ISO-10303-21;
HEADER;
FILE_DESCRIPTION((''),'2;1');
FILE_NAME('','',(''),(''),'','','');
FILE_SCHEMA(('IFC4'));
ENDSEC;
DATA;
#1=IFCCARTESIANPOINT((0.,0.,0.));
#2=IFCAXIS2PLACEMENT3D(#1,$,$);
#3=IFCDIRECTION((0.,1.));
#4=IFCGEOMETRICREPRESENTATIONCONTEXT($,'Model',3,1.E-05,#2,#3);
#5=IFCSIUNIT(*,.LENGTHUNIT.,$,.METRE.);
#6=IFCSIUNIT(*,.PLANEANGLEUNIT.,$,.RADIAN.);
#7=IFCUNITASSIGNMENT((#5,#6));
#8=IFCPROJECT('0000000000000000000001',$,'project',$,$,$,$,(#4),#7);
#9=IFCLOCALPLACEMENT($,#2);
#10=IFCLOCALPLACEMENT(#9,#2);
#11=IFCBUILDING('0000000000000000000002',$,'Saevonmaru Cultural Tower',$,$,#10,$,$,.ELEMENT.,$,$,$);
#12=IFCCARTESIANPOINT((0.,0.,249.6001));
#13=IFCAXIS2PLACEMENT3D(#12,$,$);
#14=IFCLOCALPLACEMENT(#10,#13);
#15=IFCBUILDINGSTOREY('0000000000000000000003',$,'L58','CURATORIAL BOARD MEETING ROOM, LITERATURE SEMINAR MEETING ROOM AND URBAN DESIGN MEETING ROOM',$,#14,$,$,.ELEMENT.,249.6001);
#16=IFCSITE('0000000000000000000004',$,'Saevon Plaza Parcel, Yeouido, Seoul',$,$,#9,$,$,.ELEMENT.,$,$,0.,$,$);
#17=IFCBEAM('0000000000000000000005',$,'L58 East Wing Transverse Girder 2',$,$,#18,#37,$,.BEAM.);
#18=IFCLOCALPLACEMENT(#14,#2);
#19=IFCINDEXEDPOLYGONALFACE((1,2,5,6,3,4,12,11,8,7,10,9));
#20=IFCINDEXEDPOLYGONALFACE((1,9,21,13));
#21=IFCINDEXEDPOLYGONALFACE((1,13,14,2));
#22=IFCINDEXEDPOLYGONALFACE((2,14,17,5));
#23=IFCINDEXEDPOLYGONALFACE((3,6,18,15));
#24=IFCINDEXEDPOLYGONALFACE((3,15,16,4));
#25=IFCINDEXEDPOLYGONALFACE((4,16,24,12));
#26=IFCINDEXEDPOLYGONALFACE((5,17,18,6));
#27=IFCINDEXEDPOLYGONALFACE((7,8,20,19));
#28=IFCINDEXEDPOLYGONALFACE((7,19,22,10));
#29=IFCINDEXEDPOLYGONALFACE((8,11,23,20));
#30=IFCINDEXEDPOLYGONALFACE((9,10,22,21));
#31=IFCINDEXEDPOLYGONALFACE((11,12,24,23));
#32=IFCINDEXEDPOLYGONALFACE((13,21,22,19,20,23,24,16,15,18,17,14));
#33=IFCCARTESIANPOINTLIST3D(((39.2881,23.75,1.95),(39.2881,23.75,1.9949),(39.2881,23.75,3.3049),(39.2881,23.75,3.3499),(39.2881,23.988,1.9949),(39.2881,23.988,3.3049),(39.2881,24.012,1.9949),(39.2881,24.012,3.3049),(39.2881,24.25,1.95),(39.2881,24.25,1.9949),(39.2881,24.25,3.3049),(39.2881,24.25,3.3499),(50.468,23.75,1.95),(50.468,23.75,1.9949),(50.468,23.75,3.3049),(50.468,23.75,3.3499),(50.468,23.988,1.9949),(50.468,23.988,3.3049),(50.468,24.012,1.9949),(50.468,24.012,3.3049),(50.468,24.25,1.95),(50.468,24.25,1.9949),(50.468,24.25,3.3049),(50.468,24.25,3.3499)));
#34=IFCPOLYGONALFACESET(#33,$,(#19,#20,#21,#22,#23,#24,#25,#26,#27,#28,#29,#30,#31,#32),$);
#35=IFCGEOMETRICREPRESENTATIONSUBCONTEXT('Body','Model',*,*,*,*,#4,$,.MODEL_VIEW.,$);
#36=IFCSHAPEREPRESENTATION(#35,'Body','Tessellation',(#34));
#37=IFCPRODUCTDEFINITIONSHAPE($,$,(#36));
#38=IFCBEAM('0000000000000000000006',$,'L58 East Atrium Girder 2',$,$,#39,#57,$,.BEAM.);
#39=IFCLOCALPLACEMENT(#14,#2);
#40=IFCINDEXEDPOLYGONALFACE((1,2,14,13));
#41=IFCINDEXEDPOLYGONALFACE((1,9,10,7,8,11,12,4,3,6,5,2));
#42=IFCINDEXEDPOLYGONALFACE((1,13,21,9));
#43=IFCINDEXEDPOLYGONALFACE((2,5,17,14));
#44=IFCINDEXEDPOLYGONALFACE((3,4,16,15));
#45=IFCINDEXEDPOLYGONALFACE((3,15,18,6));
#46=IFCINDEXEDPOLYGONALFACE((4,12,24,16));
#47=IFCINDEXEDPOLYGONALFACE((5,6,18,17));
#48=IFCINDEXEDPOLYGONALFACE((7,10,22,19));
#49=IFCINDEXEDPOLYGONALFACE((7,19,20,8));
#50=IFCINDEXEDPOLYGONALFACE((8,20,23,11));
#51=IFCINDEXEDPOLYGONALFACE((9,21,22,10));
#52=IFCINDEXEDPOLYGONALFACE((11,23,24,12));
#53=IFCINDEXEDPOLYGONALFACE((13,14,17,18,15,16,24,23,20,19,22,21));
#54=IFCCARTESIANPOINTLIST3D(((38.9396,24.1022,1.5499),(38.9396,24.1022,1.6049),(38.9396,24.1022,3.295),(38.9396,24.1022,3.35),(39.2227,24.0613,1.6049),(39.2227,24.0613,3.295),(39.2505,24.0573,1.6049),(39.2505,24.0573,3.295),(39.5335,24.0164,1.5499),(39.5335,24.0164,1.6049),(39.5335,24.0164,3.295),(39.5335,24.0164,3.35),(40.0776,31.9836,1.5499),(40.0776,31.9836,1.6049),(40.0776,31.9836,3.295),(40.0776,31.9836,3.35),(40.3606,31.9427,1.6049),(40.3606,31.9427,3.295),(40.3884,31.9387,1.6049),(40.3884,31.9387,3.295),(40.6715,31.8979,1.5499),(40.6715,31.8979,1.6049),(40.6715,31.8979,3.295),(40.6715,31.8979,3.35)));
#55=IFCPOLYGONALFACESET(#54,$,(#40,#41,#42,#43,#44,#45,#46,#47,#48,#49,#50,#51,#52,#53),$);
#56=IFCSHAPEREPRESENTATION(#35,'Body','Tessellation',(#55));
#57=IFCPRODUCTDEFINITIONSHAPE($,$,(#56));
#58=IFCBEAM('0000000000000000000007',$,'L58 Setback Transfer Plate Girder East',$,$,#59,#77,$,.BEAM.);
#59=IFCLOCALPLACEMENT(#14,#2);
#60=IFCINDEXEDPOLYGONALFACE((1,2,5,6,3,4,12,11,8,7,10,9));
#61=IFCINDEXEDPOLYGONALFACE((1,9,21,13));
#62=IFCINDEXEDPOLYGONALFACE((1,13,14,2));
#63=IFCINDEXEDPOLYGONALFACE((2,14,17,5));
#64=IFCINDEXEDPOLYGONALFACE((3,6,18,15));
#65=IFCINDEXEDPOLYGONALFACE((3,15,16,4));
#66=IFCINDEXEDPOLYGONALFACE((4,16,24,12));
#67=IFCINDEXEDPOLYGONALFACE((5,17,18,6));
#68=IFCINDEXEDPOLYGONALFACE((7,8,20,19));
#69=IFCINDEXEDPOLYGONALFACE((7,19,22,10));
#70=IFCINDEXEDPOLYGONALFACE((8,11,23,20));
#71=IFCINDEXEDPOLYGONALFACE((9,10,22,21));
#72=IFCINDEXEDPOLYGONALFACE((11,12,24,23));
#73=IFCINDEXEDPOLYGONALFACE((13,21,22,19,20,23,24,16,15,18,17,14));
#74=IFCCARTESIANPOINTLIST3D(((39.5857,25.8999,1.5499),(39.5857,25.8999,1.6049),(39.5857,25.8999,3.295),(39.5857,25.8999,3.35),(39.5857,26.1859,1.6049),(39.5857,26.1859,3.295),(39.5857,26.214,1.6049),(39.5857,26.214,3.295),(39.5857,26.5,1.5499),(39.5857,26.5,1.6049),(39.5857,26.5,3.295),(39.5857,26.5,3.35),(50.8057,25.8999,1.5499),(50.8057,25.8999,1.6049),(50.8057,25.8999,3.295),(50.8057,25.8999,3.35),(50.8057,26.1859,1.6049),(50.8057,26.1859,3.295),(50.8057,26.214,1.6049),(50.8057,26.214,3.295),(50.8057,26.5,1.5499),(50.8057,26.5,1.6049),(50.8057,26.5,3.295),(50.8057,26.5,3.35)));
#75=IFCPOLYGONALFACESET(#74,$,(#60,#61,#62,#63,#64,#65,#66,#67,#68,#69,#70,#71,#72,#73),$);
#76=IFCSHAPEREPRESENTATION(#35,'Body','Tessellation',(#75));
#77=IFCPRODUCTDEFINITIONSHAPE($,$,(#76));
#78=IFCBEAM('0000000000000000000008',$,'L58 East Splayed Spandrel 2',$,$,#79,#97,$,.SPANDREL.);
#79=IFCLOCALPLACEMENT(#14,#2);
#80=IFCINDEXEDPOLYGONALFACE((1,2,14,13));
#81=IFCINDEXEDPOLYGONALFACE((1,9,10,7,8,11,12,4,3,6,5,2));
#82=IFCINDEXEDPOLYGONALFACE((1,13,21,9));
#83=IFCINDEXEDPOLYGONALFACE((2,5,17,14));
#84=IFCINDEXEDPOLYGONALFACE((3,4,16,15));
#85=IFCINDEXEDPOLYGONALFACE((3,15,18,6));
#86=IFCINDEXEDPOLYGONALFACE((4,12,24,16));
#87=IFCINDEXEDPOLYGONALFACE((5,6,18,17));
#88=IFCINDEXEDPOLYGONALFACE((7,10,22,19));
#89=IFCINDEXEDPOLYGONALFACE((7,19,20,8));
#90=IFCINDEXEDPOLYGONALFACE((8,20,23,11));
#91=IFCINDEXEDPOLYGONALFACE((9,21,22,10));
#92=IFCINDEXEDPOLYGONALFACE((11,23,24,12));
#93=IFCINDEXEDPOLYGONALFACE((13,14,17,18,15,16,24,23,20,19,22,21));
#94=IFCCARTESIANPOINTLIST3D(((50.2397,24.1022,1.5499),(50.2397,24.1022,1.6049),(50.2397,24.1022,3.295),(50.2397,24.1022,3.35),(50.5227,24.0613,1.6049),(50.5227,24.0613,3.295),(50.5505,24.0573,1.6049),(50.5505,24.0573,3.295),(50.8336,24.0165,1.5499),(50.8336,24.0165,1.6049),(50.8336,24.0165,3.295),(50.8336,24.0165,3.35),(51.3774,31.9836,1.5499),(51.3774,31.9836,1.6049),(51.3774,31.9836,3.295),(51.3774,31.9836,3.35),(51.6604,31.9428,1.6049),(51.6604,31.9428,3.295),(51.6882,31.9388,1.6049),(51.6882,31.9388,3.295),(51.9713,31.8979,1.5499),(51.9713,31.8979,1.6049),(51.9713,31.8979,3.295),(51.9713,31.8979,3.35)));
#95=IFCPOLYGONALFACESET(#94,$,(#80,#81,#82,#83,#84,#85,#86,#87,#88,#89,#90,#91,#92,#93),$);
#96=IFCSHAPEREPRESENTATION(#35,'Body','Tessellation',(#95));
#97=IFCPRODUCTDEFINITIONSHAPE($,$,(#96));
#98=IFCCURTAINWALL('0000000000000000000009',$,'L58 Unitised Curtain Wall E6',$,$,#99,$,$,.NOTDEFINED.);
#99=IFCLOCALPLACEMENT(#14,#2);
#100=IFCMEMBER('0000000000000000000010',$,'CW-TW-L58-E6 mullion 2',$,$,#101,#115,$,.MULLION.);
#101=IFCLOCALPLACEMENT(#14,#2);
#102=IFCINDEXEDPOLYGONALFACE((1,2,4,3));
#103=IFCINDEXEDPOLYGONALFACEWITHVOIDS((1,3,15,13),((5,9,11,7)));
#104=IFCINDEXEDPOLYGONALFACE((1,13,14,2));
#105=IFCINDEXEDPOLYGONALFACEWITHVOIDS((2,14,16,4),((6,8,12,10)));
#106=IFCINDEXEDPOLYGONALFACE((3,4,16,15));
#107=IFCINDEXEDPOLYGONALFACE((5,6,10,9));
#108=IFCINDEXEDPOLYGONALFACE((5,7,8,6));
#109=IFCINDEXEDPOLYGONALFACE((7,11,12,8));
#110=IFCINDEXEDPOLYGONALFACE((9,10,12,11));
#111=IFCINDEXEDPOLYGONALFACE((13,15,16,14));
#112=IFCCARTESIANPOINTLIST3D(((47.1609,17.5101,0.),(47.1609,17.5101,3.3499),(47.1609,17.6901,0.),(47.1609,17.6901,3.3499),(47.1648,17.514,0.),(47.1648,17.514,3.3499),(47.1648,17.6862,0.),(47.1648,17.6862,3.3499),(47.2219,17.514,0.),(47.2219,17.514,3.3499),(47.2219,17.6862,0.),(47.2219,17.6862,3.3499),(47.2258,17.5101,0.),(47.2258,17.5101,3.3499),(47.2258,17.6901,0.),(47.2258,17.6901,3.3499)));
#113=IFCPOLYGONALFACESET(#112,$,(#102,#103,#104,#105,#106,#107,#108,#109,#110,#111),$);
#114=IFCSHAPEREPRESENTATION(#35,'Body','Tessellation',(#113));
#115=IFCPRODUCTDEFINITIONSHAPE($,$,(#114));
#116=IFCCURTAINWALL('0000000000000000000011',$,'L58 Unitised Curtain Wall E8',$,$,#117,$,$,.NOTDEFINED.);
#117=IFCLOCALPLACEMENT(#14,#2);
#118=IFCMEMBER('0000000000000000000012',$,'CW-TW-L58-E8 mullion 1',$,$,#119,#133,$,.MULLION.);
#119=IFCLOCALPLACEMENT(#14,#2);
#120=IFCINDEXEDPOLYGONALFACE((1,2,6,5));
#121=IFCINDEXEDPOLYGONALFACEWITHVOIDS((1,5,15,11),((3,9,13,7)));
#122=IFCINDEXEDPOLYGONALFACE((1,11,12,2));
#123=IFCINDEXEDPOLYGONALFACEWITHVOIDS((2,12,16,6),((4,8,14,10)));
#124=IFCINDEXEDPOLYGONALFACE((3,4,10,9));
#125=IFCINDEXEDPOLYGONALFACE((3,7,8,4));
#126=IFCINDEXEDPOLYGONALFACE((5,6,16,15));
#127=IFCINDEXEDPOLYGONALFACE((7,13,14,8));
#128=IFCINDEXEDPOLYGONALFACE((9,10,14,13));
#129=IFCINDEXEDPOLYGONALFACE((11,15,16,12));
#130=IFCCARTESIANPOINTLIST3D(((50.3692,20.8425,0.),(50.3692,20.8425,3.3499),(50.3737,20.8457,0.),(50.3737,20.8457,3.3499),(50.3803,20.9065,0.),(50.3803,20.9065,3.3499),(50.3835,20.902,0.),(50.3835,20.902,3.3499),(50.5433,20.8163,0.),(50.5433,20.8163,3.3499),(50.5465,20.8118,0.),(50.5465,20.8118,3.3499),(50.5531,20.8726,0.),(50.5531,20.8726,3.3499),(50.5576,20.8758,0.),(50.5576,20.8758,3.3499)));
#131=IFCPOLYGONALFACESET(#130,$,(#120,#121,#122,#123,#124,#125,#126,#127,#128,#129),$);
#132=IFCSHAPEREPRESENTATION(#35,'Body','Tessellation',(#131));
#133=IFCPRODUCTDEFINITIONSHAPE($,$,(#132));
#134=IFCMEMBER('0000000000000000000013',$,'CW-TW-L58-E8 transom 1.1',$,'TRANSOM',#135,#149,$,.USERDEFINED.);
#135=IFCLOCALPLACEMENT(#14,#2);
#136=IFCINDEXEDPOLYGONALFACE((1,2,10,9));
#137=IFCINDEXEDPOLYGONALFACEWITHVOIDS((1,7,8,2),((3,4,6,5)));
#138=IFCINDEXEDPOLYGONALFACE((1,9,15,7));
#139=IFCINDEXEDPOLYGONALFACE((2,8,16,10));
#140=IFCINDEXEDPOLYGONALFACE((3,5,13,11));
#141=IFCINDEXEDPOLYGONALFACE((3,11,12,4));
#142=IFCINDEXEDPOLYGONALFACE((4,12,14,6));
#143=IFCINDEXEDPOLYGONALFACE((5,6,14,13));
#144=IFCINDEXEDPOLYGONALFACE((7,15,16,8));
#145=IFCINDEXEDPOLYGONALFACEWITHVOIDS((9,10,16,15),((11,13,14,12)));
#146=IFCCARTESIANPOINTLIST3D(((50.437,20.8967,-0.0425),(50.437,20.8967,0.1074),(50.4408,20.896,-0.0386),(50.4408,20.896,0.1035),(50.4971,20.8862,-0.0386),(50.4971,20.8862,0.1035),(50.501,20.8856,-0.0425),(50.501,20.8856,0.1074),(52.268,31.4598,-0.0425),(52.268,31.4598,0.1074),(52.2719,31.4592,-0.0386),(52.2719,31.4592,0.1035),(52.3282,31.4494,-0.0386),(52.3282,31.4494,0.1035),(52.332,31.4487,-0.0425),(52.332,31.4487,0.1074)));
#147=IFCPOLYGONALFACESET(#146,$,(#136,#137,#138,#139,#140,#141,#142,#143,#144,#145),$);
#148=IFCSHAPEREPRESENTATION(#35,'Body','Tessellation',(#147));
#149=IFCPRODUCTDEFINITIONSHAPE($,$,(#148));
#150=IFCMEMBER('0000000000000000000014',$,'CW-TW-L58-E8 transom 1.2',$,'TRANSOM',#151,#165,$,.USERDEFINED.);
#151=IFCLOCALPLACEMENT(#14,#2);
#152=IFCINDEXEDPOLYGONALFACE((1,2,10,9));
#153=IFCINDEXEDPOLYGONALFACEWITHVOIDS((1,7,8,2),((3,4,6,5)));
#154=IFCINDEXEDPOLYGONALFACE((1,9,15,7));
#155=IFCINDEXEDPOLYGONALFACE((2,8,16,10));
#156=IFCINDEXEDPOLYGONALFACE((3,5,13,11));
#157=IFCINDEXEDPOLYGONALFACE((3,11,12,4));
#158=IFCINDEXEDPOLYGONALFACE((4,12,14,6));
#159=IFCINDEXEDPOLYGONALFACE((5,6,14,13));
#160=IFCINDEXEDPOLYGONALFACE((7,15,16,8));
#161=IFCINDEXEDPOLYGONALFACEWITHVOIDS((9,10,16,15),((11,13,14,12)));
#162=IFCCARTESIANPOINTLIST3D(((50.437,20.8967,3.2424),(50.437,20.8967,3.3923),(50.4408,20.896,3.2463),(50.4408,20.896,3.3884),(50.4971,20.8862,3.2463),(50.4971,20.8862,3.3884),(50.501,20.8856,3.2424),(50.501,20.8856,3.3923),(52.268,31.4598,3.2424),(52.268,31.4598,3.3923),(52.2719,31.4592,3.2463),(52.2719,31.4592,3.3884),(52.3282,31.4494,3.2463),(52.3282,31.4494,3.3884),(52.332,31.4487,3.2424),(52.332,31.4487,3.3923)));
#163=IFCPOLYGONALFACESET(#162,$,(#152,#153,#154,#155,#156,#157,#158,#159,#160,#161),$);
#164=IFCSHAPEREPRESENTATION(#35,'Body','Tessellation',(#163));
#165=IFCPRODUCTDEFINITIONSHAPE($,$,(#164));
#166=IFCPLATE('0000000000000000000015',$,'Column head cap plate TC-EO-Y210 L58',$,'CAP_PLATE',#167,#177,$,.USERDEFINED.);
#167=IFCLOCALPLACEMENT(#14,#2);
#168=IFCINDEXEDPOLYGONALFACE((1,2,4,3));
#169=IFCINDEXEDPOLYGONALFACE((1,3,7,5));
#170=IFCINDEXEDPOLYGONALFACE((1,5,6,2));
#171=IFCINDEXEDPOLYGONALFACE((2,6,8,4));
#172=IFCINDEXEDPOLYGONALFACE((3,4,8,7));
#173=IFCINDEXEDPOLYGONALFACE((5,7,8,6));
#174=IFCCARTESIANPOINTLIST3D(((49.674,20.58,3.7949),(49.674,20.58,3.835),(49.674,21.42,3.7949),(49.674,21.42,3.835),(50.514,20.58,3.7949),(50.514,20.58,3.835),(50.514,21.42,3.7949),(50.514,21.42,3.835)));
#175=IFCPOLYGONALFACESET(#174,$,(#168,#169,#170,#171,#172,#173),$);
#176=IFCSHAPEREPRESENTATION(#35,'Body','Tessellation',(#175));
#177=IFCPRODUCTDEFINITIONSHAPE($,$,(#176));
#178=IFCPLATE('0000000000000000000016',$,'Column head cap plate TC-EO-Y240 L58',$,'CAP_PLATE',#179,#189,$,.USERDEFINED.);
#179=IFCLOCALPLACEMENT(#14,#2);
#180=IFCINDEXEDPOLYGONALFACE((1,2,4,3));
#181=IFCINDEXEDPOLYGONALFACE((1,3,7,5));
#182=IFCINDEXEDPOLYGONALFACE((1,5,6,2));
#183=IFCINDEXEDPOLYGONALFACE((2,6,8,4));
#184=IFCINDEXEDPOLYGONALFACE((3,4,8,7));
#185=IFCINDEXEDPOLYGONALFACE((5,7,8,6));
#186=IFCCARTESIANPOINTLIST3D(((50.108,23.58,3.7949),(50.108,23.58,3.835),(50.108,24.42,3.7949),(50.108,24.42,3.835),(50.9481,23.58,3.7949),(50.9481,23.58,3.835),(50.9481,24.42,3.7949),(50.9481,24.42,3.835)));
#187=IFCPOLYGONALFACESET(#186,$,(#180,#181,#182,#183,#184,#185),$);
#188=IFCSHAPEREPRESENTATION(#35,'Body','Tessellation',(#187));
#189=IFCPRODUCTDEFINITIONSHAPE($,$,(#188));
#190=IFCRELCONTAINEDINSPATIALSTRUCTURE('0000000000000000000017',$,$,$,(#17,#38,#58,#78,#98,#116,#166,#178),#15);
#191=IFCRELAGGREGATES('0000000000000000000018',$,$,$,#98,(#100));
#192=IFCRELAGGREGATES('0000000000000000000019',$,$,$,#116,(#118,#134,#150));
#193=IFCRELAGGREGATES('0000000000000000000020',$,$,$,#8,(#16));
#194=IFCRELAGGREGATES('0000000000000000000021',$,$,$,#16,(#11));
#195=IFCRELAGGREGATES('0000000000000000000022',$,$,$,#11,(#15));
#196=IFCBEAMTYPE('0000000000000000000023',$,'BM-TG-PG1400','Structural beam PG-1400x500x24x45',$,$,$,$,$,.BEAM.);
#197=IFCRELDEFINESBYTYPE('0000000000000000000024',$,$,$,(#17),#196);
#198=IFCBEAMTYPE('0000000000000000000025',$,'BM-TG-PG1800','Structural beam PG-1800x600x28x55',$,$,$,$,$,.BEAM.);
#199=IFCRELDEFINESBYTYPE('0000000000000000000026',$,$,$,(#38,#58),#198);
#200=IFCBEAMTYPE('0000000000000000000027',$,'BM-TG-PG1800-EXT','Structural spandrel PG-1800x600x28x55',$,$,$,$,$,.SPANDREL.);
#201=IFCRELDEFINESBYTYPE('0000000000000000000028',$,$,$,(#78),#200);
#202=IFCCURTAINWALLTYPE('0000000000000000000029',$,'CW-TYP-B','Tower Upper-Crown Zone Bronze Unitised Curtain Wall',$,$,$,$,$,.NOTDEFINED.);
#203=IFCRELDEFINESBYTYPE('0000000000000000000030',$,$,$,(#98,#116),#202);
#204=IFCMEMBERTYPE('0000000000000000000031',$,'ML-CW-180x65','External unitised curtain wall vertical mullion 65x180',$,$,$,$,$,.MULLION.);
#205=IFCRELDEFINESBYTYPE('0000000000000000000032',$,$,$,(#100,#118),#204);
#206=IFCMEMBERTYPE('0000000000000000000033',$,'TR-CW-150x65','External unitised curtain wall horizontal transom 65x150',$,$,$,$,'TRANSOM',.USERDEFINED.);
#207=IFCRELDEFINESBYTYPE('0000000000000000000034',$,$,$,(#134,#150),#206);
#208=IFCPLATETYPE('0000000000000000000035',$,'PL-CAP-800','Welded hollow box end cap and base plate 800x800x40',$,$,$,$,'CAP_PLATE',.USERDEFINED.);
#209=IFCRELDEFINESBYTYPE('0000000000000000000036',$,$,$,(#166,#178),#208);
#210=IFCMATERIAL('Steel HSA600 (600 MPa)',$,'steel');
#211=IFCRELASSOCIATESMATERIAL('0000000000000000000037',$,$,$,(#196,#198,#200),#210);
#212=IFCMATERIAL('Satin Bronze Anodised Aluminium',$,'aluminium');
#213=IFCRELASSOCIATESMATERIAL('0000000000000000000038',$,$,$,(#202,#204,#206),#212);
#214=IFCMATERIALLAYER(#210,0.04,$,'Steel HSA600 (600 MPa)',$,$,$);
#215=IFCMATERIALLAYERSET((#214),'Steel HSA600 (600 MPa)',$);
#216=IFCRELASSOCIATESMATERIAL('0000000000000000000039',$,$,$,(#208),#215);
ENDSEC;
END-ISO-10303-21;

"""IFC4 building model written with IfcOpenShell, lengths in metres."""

from ifc_helpers import new_model, si_unit, direction, frame, origin, origin_2d, place, context, subcontext, project, spatial, rectangle, hollow_rectangle, i_section, extrude, material, layer, layer_set, material_profile, profile_set, type_object, element, aggregate, save


model = new_model("IFC4")

# Units and contexts
model_context = context("Model", 3, precision=1e-05, world=origin(), true_north=direction((0.0, 1.0)))
body_context = subcontext(model_context, "Body", "Model", "MODEL_VIEW")
ifc_project = project(units=[si_unit("LENGTHUNIT", "METRE"), si_unit("PLANEANGLEUNIT", "RADIAN")], contexts=[model_context])

# Site, building, storey
site_placement = place(None, origin())
site = spatial("IfcSite", under=ifc_project, at=site_placement, Name="Saevon Plaza Parcel, Yeouido, Seoul", CompositionType="ELEMENT", RefElevation=0.0)
building_placement = place(site_placement, origin())
building = spatial("IfcBuilding", under=site, at=building_placement, Name="Saevonmaru Cultural Tower", CompositionType="ELEMENT")
storey_placement = place(building_placement, frame((0.0, 0.0, 249.6001)))
storey = spatial("IfcBuildingStorey", under=building, at=storey_placement, Name="L58", Description="CURATORIAL BOARD MEETING ROOM, LITERATURE SEMINAR MEETING ROOM AND URBAN DESIGN MEETING ROOM", CompositionType="ELEMENT", Elevation=249.6001)

# Beams
ifc_material_1 = material(Name="Steel HSA600 (600 MPa)", Category="steel")
ifc_material_profile_1 = material_profile(ifc_material_1, i_section(OverallWidth=0.5, OverallDepth=1.3999, WebThickness=0.0239, FlangeThickness=0.0449, at=origin_2d()), Name="PG-1400x500x24x45")
ifc_profile_set_1 = profile_set([ifc_material_profile_1], Name="Steel HSA600 (600 MPa)")
beam_type_1 = type_object("IfcBeamType", Name="BM-TG-PG1400", Description="Structural beam PG-1400x500x24x45", PredefinedType="BEAM", material=ifc_profile_set_1)
beam_1_placement = place(storey_placement, frame((39.2881, 24.0, 2.6499), z_axis=(1.0, 0.0, 0.0), x_axis=(0.0, 1.0, 0.0)))
element("IfcBeam", 1, at=beam_1_placement, inside=storey, type_object=beam_type_1, Name="L58 East Wing Transverse Girder 2", PredefinedType="BEAM", context=body_context, shape_type="SweptSolid", body=[
    extrude(i_section(OverallWidth=0.5, OverallDepth=1.3999, WebThickness=0.0239, FlangeThickness=0.0449, at=origin_2d()), origin(), (0.0, 0.0, 1.0), 11.1799),
])
ifc_material_profile_2 = material_profile(ifc_material_1, i_section(OverallWidth=0.6001, OverallDepth=1.8, WebThickness=0.0281, FlangeThickness=0.0549, at=origin_2d()), Name="PG-1800x600x28x55")
ifc_profile_set_2 = profile_set([ifc_material_profile_2], Name="Steel HSA600 (600 MPa)")
beam_type_2 = type_object("IfcBeamType", Name="BM-TG-PG1800", Description="Structural beam PG-1800x600x28x55", PredefinedType="BEAM", material=ifc_profile_set_2)
beam_2_placement = place(storey_placement, frame((39.2366, 24.0593, 2.45), z_axis=(0.142902, 0.989737, 0.0), x_axis=(-0.989737, 0.142902, 0.0)))
element("IfcBeam", 2, at=beam_2_placement, inside=storey, type_object=beam_type_2, Name="L58 East Atrium Girder 2", PredefinedType="BEAM", context=body_context, shape_type="SweptSolid", body=[
    extrude(i_section(OverallWidth=0.6001, OverallDepth=1.8, WebThickness=0.0281, FlangeThickness=0.0549, at=origin_2d()), origin(), (0.0, 0.0, 1.0), 7.9631),
])
beam_3_placement = place(storey_placement, frame((39.5857, 26.2, 2.45), z_axis=(1.0, 0.0, 0.0), x_axis=(0.0, 1.0, 0.0)))
element("IfcBeam", 3, at=beam_3_placement, inside=storey, type_object=beam_type_2, Name="L58 Setback Transfer Plate Girder East", PredefinedType="BEAM", context=body_context, shape_type="SweptSolid", body=[
    extrude(i_section(OverallWidth=0.6001, OverallDepth=1.8, WebThickness=0.0281, FlangeThickness=0.0549, at=origin_2d()), origin(), (0.0, 0.0, 1.0), 11.22),
])
ifc_material_profile_3 = material_profile(ifc_material_1, i_section(OverallWidth=0.6001, OverallDepth=1.8, WebThickness=0.0281, FlangeThickness=0.0549, at=origin_2d()), Name="PG-1800x600x28x55")
ifc_profile_set_3 = profile_set([ifc_material_profile_3], Name="Steel HSA600 (600 MPa)")
beam_type_3 = type_object("IfcBeamType", Name="BM-TG-PG1800-EXT", Description="Structural spandrel PG-1800x600x28x55", PredefinedType="SPANDREL", material=ifc_profile_set_3)
beam_4_placement = place(storey_placement, frame((50.5366, 24.0593, 2.45), z_axis=(0.142872, 0.989741, 0.0), x_axis=(-0.989741, 0.142872, 0.0)))
element("IfcBeam", 4, at=beam_4_placement, inside=storey, type_object=beam_type_3, Name="L58 East Splayed Spandrel 2", PredefinedType="SPANDREL", context=body_context, shape_type="SweptSolid", body=[
    extrude(i_section(OverallWidth=0.6001, OverallDepth=1.8, WebThickness=0.0281, FlangeThickness=0.0549, at=origin_2d()), origin(), (0.0, 0.0, 1.0), 7.9631),
])

# Curtain wall, member
ifc_material_2 = material(Name="Satin Bronze Anodised Aluminium", Category="aluminium")
curtain_wall_type = type_object("IfcCurtainWallType", Name="CW-TYP-B", Description="Tower Upper-Crown Zone Bronze Unitised Curtain Wall", PredefinedType="NOTDEFINED", material=ifc_material_2)
curtain_wall_1_placement = place(storey_placement, origin())
curtain_wall_1 = element("IfcCurtainWall", 5, at=curtain_wall_1_placement, inside=storey, type_object=curtain_wall_type, Name="L58 Unitised Curtain Wall E6", PredefinedType="NOTDEFINED")
ifc_material_profile_4 = material_profile(ifc_material_2, hollow_rectangle(XDim=0.0649, YDim=0.1799, WallThickness=0.0039, at=origin_2d()), Name="ALU-MULL-180x65x4")
ifc_profile_set_4 = profile_set([ifc_material_profile_4], Name="Satin Bronze Anodised Aluminium")
member_type_1 = type_object("IfcMemberType", Name="ML-CW-180x65", Description="External unitised curtain wall vertical mullion 65x180", PredefinedType="MULLION", material=ifc_profile_set_4)
member_1_placement = place(storey_placement, frame((47.1934, 17.6001, 0.0), z_axis=(0.0, 0.0, 1.0), x_axis=(1.0, 0.0, 0.0)))
member_1 = element("IfcMember", 6, at=member_1_placement, type_object=member_type_1, Name="CW-TW-L58-E6 mullion 2", PredefinedType="MULLION", context=body_context, shape_type="SweptSolid", body=[
    extrude(hollow_rectangle(XDim=0.0649, YDim=0.1799, WallThickness=0.0039, at=origin_2d()), origin(), (0.0, 0.0, 1.0), 3.3499),
])

# Curtain wall, members
curtain_wall_2_placement = place(storey_placement, origin())
curtain_wall_2 = element("IfcCurtainWall", 7, at=curtain_wall_2_placement, inside=storey, type_object=curtain_wall_type, Name="L58 Unitised Curtain Wall E8", PredefinedType="NOTDEFINED")
member_2_placement = place(storey_placement, frame((50.4634, 20.8591, 0.0), z_axis=(0.0, 0.0, 1.0), x_axis=(0.17079, 0.985307, 0.0)))
member_2 = element("IfcMember", 8, at=member_2_placement, type_object=member_type_1, Name="CW-TW-L58-E8 mullion 1", PredefinedType="MULLION", context=body_context, shape_type="SweptSolid", body=[
    extrude(hollow_rectangle(XDim=0.0649, YDim=0.1799, WallThickness=0.0039, at=origin_2d()), origin(), (0.0, 0.0, 1.0), 3.3499),
])
ifc_material_profile_5 = material_profile(ifc_material_2, hollow_rectangle(XDim=0.0649, YDim=0.1499, WallThickness=0.0039, at=origin_2d()), Name="ALU-TRAN-150x65x4")
ifc_profile_set_5 = profile_set([ifc_material_profile_5], Name="Satin Bronze Anodised Aluminium")
member_type_2 = type_object("IfcMemberType", Name="TR-CW-150x65", Description="External unitised curtain wall horizontal transom 65x150", ElementType="TRANSOM", PredefinedType="USERDEFINED", material=ifc_profile_set_5)
member_3_placement = place(storey_placement, frame((50.469, 20.8911, 0.0325), z_axis=(0.170795, 0.985307, 0.0), x_axis=(-0.985307, 0.170795, 0.0)))
member_3 = element("IfcMember", 9, at=member_3_placement, type_object=member_type_2, Name="CW-TW-L58-E8 transom 1.1", ObjectType="TRANSOM", PredefinedType="USERDEFINED", context=body_context, shape_type="SweptSolid", body=[
    extrude(hollow_rectangle(XDim=0.0649, YDim=0.1499, WallThickness=0.0039, at=origin_2d()), origin(), (0.0, 0.0, 1.0), 10.7207),
])
member_4_placement = place(storey_placement, frame((50.469, 20.8911, 3.3174), z_axis=(0.170795, 0.985307, 0.0), x_axis=(-0.985307, 0.170795, 0.0)))
member_4 = element("IfcMember", 10, at=member_4_placement, type_object=member_type_2, Name="CW-TW-L58-E8 transom 1.2", ObjectType="TRANSOM", PredefinedType="USERDEFINED", context=body_context, shape_type="SweptSolid", body=[
    extrude(hollow_rectangle(XDim=0.0649, YDim=0.1499, WallThickness=0.0039, at=origin_2d()), origin(), (0.0, 0.0, 1.0), 10.7207),
])

# Plates
ifc_layer_1 = layer(ifc_material_1, 0.04, Name="Steel HSA600 (600 MPa)")
ifc_layer_set_1 = layer_set([ifc_layer_1], Name="Steel HSA600 (600 MPa)")
plate_type_1 = type_object("IfcPlateType", Name="PL-CAP-800", Description="Welded hollow box end cap and base plate 800x800x40", ElementType="CAP_PLATE", PredefinedType="USERDEFINED", material=ifc_layer_set_1)
for number, where, z_axis, x_axis, name in (
    (11, (50.094, 21.0, 3.7949), (0.0, 0.0, 1.0), (1.0, 0.0, 0.0), "Column head cap plate TC-EO-Y210 L58"),
    (12, (50.5281, 24.0, 3.7949), (0.0, 0.0, 1.0), (1.0, 0.0, 0.0), "Column head cap plate TC-EO-Y240 L58"),
):
    element("IfcPlate", number, at=place(storey_placement, frame(where, z_axis=z_axis, x_axis=x_axis)), inside=storey, type_object=plate_type_1, Name=name, ObjectType="CAP_PLATE", PredefinedType="USERDEFINED", context=body_context, shape_type="SweptSolid", body=[
        extrude(rectangle(XDim=0.8401, YDim=0.8401, at=origin_2d()), origin(), (0.0, 0.0, 1.0), 0.04),
    ])

aggregate(curtain_wall_1, [member_1])
aggregate(curtain_wall_2, [member_2, member_3, member_4])

save(model, "model.ifc")
